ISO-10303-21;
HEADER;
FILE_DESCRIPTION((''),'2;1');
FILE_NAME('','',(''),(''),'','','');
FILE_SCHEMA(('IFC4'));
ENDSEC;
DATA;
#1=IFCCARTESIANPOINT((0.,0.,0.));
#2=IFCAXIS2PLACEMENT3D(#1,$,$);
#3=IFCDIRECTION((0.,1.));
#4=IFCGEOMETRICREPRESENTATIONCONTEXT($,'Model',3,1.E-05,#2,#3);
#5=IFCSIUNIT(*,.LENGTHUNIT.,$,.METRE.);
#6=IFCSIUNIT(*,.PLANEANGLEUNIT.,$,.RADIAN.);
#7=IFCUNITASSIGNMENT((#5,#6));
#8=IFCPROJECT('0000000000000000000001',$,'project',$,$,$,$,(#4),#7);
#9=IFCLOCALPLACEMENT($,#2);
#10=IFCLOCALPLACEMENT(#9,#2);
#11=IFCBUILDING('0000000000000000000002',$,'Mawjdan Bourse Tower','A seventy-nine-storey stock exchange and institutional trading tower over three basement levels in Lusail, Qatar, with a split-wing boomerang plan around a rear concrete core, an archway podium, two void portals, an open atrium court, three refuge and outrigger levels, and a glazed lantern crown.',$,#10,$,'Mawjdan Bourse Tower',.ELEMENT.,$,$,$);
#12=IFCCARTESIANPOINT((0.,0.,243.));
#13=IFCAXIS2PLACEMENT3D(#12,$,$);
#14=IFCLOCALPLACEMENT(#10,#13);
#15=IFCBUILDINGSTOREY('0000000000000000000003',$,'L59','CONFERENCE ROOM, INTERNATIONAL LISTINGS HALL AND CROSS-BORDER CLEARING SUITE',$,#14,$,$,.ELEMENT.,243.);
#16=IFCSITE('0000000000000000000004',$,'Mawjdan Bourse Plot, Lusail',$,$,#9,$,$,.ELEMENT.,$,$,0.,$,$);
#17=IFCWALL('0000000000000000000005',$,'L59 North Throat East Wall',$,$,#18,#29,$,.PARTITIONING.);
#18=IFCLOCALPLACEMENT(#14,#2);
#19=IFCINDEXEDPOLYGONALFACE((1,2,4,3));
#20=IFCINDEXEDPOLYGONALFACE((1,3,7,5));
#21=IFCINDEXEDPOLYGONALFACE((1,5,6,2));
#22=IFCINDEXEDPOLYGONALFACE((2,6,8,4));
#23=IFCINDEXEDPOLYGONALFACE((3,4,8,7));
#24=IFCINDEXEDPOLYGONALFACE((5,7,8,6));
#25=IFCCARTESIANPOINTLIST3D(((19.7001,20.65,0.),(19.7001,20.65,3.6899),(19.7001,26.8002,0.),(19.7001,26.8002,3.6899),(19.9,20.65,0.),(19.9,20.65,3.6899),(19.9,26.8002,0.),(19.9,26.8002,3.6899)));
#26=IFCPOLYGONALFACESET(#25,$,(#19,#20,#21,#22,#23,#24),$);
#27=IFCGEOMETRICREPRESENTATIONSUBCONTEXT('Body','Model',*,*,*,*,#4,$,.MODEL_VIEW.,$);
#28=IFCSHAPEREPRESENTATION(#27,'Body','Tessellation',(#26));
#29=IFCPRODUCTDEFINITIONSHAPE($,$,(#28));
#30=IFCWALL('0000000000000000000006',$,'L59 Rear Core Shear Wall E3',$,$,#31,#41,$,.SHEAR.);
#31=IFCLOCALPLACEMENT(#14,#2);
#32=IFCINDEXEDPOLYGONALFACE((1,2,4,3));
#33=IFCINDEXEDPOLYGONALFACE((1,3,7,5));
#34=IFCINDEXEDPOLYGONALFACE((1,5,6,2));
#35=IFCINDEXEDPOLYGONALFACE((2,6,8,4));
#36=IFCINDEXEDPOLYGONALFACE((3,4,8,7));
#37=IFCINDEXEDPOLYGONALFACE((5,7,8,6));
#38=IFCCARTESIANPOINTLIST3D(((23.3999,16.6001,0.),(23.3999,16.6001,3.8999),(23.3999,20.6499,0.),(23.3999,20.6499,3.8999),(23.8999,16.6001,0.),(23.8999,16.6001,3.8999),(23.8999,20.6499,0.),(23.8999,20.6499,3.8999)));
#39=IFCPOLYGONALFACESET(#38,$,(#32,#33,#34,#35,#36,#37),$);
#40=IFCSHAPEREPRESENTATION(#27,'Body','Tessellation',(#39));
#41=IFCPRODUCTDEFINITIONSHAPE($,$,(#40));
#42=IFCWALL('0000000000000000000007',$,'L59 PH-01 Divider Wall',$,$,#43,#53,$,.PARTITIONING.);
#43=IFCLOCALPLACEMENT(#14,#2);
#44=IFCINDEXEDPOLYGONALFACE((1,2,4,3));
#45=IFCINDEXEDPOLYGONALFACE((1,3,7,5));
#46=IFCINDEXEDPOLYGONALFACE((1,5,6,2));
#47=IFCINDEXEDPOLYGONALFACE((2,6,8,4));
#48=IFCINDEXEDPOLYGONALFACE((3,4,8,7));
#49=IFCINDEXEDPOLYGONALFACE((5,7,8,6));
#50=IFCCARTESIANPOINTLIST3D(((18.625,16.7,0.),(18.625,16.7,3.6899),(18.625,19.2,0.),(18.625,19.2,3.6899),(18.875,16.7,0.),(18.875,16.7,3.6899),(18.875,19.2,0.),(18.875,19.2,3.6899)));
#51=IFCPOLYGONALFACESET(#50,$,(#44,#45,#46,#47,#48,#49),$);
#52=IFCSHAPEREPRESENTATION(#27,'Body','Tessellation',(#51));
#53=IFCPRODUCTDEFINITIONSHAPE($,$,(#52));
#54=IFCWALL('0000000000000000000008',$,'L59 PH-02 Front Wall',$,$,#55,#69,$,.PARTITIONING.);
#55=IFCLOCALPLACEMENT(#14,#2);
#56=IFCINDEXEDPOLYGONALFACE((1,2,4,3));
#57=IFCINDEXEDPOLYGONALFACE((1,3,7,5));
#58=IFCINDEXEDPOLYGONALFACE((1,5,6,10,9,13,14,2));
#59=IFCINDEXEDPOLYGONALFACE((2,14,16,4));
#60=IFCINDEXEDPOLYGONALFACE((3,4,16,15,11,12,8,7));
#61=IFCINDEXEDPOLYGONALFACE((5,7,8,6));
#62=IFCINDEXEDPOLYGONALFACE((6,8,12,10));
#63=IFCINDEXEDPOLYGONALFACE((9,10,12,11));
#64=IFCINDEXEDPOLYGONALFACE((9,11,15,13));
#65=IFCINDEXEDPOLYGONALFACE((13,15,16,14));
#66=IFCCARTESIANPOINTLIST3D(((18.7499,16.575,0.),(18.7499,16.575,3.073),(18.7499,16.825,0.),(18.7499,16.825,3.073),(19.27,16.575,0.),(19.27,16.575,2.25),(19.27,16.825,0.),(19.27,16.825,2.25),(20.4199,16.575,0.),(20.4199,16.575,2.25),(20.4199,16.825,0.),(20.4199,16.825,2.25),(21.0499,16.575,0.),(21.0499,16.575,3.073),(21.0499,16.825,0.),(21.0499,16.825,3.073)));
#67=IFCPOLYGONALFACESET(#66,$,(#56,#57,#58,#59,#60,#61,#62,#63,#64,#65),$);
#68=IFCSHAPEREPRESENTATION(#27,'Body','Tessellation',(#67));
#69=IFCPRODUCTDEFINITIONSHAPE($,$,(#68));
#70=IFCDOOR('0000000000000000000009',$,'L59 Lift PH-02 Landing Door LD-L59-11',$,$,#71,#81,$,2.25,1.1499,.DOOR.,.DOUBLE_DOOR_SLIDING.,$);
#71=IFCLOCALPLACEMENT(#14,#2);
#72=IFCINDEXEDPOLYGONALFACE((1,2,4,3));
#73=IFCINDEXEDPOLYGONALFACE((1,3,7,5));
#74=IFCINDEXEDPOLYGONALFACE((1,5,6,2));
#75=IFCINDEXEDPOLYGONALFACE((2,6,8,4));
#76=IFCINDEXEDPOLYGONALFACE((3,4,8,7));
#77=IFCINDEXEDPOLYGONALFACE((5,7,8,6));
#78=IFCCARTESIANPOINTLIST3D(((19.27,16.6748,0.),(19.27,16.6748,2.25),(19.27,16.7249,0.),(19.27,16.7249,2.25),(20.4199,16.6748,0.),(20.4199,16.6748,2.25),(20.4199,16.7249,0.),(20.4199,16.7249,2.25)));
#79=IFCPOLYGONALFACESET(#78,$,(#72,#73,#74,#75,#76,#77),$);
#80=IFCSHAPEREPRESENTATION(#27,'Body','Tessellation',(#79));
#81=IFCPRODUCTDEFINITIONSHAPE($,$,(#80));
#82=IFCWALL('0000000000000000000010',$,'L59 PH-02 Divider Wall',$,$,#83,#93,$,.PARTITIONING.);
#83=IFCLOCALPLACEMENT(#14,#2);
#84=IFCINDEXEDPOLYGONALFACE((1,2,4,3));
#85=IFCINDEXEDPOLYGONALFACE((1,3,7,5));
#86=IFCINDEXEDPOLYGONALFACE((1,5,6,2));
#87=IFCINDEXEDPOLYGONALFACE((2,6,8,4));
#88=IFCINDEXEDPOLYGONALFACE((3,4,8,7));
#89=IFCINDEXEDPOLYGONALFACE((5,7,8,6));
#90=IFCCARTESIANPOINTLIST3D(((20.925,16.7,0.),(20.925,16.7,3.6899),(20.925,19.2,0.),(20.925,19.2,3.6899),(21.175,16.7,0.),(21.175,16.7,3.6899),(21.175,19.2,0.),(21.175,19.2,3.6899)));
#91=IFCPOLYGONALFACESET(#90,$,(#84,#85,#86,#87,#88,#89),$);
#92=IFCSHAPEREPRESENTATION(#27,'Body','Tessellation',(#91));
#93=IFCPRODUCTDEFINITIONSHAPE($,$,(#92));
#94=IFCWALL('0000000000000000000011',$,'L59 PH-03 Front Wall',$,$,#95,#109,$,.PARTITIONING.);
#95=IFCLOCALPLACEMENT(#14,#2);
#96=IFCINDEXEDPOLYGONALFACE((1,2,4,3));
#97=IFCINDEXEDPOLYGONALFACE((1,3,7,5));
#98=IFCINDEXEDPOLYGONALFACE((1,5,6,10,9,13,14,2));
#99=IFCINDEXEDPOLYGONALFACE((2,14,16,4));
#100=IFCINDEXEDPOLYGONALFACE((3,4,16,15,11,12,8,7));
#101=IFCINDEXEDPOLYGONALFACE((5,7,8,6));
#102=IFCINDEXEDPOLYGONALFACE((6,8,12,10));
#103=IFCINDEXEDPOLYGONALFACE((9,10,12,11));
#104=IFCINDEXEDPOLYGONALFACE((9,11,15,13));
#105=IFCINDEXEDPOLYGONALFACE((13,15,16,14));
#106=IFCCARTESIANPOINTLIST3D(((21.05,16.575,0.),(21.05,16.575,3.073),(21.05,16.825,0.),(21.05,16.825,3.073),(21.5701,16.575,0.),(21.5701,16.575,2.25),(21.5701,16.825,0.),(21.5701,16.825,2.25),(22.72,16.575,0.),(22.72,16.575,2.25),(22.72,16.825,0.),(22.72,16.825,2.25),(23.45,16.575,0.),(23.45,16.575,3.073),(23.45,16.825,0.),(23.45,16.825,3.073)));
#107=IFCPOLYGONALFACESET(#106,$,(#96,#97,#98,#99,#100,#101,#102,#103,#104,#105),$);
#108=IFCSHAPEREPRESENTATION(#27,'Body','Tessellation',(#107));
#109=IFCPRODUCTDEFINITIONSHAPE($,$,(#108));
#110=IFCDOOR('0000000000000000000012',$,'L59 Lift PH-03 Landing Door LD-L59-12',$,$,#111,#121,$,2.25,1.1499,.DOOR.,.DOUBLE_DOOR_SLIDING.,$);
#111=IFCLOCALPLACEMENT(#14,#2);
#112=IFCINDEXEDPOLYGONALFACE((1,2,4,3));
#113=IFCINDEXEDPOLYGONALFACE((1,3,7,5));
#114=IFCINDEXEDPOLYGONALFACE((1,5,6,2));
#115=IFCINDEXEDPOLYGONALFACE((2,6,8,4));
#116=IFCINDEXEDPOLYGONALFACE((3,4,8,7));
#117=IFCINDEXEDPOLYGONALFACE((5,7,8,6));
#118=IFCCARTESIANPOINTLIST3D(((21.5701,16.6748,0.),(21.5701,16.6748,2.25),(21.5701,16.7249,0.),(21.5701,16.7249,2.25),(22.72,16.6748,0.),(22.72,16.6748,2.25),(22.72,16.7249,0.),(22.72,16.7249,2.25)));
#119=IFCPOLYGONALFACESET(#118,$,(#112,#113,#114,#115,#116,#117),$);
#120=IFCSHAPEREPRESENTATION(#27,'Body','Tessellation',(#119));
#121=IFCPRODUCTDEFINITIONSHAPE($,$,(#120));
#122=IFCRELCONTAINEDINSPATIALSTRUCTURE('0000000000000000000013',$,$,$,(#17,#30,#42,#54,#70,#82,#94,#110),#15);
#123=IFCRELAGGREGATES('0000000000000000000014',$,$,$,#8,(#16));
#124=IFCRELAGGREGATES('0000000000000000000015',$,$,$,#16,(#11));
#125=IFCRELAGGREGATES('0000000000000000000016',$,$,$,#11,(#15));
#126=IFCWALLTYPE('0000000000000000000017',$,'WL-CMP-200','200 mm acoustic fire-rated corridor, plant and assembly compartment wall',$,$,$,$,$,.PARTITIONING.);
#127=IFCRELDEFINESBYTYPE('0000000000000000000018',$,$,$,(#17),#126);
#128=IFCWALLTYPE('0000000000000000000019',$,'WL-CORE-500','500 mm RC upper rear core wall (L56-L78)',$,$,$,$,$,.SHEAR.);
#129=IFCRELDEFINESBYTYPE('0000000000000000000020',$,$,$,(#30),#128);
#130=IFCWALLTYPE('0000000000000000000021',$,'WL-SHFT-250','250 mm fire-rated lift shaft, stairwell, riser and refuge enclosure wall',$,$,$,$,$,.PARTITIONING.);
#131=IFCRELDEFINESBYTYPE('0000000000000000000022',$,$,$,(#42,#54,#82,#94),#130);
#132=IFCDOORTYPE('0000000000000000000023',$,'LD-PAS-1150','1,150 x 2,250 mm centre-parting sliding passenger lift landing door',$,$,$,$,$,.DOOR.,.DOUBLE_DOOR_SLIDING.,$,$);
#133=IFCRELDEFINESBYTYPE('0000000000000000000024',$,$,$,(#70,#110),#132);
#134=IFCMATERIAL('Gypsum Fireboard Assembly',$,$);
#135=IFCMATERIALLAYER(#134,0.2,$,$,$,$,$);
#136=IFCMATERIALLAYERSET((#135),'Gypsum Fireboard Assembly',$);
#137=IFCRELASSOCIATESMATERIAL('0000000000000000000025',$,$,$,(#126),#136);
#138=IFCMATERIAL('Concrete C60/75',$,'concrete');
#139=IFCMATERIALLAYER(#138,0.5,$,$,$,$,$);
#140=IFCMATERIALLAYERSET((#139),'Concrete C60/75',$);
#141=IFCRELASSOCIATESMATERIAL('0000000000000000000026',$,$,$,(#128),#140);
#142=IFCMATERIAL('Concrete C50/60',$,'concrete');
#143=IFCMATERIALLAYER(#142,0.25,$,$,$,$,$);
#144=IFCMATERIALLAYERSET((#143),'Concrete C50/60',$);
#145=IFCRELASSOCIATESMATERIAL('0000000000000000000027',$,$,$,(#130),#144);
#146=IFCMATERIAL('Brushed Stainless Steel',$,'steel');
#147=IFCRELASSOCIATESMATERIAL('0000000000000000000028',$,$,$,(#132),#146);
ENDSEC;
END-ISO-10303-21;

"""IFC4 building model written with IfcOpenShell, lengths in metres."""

from ifc_helpers import new_model, si_unit, direction, frame, frame_2d, origin, place, context, subcontext, project, spatial, rectangle, extrude, material, layer, layer_set, type_object, element, fill, save


model = new_model("IFC4")

# Units and contexts
model_context = context("Model", 3, precision=1e-05, world=origin(), true_north=direction((0.0, 1.0)))
body_context = subcontext(model_context, "Body", "Model", "MODEL_VIEW")
ifc_project = project(units=[si_unit("LENGTHUNIT", "METRE"), si_unit("PLANEANGLEUNIT", "RADIAN")], contexts=[model_context])

# Site, building, storey
site_placement = place(None, origin())
site = spatial("IfcSite", under=ifc_project, at=site_placement, Name="Mawjdan Bourse Plot, Lusail", CompositionType="ELEMENT", RefElevation=0.0)
building_placement = place(site_placement, origin())
building = spatial("IfcBuilding", under=site, at=building_placement, Name="Mawjdan Bourse Tower", Description="A seventy-nine-storey stock exchange and institutional trading tower over three basement levels in Lusail, Qatar, with a split-wing boomerang plan around a rear concrete core, an archway podium, two void portals, an open atrium court, three refuge and outrigger levels, and a glazed lantern crown.", LongName="Mawjdan Bourse Tower", CompositionType="ELEMENT")
storey_placement = place(building_placement, frame((0.0, 0.0, 243.0)))
storey = spatial("IfcBuildingStorey", under=building, at=storey_placement, Name="L59", Description="CONFERENCE ROOM, INTERNATIONAL LISTINGS HALL AND CROSS-BORDER CLEARING SUITE", CompositionType="ELEMENT", Elevation=243.0)

# Shared definitions
ifc_material_1 = material(Name="Concrete C60/75", Category="concrete")

# Shared definitions
ifc_material_2 = material(Name="Gypsum Fireboard Assembly")
ifc_layer_1 = layer(ifc_material_2, 0.2)
ifc_layer_set_1 = layer_set([ifc_layer_1], Name="Gypsum Fireboard Assembly")
wall_type_1 = type_object("IfcWallType", Name="WL-CMP-200", Description="200 mm acoustic fire-rated corridor, plant and assembly compartment wall", PredefinedType="PARTITIONING", material=ifc_layer_set_1)

# Walls
wall_1_placement = place(storey_placement, frame((19.8, 20.6499, 0.0), z_axis=(0.0, 0.0, 1.0), x_axis=(0.0, 1.0, 0.0)))
element("IfcWall", 1, at=wall_1_placement, inside=storey, type_object=wall_type_1, Name="L59 North Throat East Wall", PredefinedType="PARTITIONING", context=body_context, shape_type="SweptSolid", body=[
    extrude(rectangle(XDim=6.1501, YDim=0.2, at=frame_2d((3.0752, 0.0))), origin(), (0.0, 0.0, 1.0), 3.6899),
])
ifc_layer_2 = layer(ifc_material_1, 0.5)
ifc_layer_set_2 = layer_set([ifc_layer_2], Name="Concrete C60/75")
wall_type_2 = type_object("IfcWallType", Name="WL-CORE-500", Description="500 mm RC upper rear core wall (L56-L78)", PredefinedType="SHEAR", material=ifc_layer_set_2)
wall_2_placement = place(storey_placement, frame((23.6499, 16.6001, 0.0), z_axis=(0.0, 0.0, 1.0), x_axis=(0.0, 1.0, 0.0)))
element("IfcWall", 2, at=wall_2_placement, inside=storey, type_object=wall_type_2, Name="L59 Rear Core Shear Wall E3", PredefinedType="SHEAR", context=body_context, shape_type="SweptSolid", body=[
    extrude(rectangle(XDim=4.0498, YDim=0.5, at=frame_2d((2.0249, 0.0))), origin(), (0.0, 0.0, 1.0), 3.8999),
])
ifc_material_3 = material(Name="Concrete C50/60", Category="concrete")
ifc_layer_3 = layer(ifc_material_3, 0.25)
ifc_layer_set_3 = layer_set([ifc_layer_3], Name="Concrete C50/60")
wall_type_3 = type_object("IfcWallType", Name="WL-SHFT-250", Description="250 mm fire-rated lift shaft, stairwell, riser and refuge enclosure wall", PredefinedType="PARTITIONING", material=ifc_layer_set_3)
wall_3_placement = place(storey_placement, frame((18.75, 16.7, 0.0), z_axis=(0.0, 0.0, 1.0), x_axis=(0.0, 1.0, 0.0)))
element("IfcWall", 3, at=wall_3_placement, inside=storey, type_object=wall_type_3, Name="L59 PH-01 Divider Wall", PredefinedType="PARTITIONING", context=body_context, shape_type="SweptSolid", body=[
    extrude(rectangle(XDim=2.5, YDim=0.25, at=frame_2d((1.25, 0.0))), origin(), (0.0, 0.0, 1.0), 3.6899),
])

# Wall, opening, door
wall_4_placement = place(storey_placement, frame((18.75, 16.7, 0.0), z_axis=(0.0, 0.0, 1.0), x_axis=(1.0, 0.0, 0.0)))
wall_4 = element("IfcWall", 4, at=wall_4_placement, inside=storey, type_object=wall_type_3, Name="L59 PH-02 Front Wall", PredefinedType="PARTITIONING", context=body_context, shape_type="SweptSolid", body=[
    extrude(rectangle(XDim=2.3, YDim=0.25, at=frame_2d((1.1499, 0.0))), origin(), (0.0, 0.0, 1.0), 3.073),
])
opening_1_placement = place(wall_4_placement, frame((0.52, 0.0, 0.0)))
opening_1 = element("IfcOpeningElement", 5, at=opening_1_placement, cuts=wall_4, PredefinedType="OPENING", context=body_context, shape_type="SweptSolid", body=[
    extrude(rectangle(XDim=1.1499, YDim=2.25, at=frame_2d((0.575, 1.125))), frame((0.0, 0.135, 0.0), z_axis=(0.0, -1.0, 0.0), x_axis=(1.0, 0.0, 0.0)), (0.0, 0.0, 1.0), 0.27),
])
ifc_material_4 = material(Name="Brushed Stainless Steel", Category="steel")
door_type_1 = type_object("IfcDoorType", Name="LD-PAS-1150", Description="1,150 x 2,250 mm centre-parting sliding passenger lift landing door", OperationType="DOUBLE_DOOR_SLIDING", PredefinedType="DOOR", material=ifc_material_4)
door_1_placement = place(opening_1_placement, origin())
door_1 = element("IfcDoor", 6, at=door_1_placement, inside=storey, type_object=door_type_1, Name="L59 Lift PH-02 Landing Door LD-L59-11", OperationType="DOUBLE_DOOR_SLIDING", OverallHeight=2.25, OverallWidth=1.1499, PredefinedType="DOOR", context=body_context, shape_type="SweptSolid", body=[
    extrude(rectangle(XDim=1.1499, YDim=2.25, at=frame_2d((0.575, 1.125))), frame((0.0, 0.0249, 0.0), z_axis=(0.0, -1.0, 0.0), x_axis=(1.0, 0.0, 0.0)), (0.0, 0.0, 1.0), 0.05),
])
fill(opening_1, door_1)

# Wall
wall_5_placement = place(storey_placement, frame((21.05, 16.7, 0.0), z_axis=(0.0, 0.0, 1.0), x_axis=(0.0, 1.0, 0.0)))
element("IfcWall", 7, at=wall_5_placement, inside=storey, type_object=wall_type_3, Name="L59 PH-02 Divider Wall", PredefinedType="PARTITIONING", context=body_context, shape_type="SweptSolid", body=[
    extrude(rectangle(XDim=2.5, YDim=0.25, at=frame_2d((1.25, 0.0))), origin(), (0.0, 0.0, 1.0), 3.6899),
])

# Wall, opening, door
wall_6_placement = place(storey_placement, frame((21.05, 16.7, 0.0), z_axis=(0.0, 0.0, 1.0), x_axis=(1.0, 0.0, 0.0)))
wall_6 = element("IfcWall", 8, at=wall_6_placement, inside=storey, type_object=wall_type_3, Name="L59 PH-03 Front Wall", PredefinedType="PARTITIONING", context=body_context, shape_type="SweptSolid", body=[
    extrude(rectangle(XDim=2.3999, YDim=0.25, at=frame_2d((1.2, 0.0))), origin(), (0.0, 0.0, 1.0), 3.073),
])
opening_2_placement = place(wall_6_placement, frame((0.52, 0.0, 0.0)))
opening_2 = element("IfcOpeningElement", 9, at=opening_2_placement, cuts=wall_6, PredefinedType="OPENING", context=body_context, shape_type="SweptSolid", body=[
    extrude(rectangle(XDim=1.1499, YDim=2.25, at=frame_2d((0.575, 1.125))), frame((0.0, 0.135, 0.0), z_axis=(0.0, -1.0, 0.0), x_axis=(1.0, 0.0, 0.0)), (0.0, 0.0, 1.0), 0.27),
])
door_2_placement = place(opening_2_placement, origin())
door_2 = element("IfcDoor", 10, at=door_2_placement, inside=storey, type_object=door_type_1, Name="L59 Lift PH-03 Landing Door LD-L59-12", OperationType="DOUBLE_DOOR_SLIDING", OverallHeight=2.25, OverallWidth=1.1499, PredefinedType="DOOR", context=body_context, shape_type="SweptSolid", body=[
    extrude(rectangle(XDim=1.1499, YDim=2.25, at=frame_2d((0.575, 1.125))), frame((0.0, 0.0249, 0.0), z_axis=(0.0, -1.0, 0.0), x_axis=(1.0, 0.0, 0.0)), (0.0, 0.0, 1.0), 0.05),
])
fill(opening_2, door_2)

save(model, "model.ifc")
